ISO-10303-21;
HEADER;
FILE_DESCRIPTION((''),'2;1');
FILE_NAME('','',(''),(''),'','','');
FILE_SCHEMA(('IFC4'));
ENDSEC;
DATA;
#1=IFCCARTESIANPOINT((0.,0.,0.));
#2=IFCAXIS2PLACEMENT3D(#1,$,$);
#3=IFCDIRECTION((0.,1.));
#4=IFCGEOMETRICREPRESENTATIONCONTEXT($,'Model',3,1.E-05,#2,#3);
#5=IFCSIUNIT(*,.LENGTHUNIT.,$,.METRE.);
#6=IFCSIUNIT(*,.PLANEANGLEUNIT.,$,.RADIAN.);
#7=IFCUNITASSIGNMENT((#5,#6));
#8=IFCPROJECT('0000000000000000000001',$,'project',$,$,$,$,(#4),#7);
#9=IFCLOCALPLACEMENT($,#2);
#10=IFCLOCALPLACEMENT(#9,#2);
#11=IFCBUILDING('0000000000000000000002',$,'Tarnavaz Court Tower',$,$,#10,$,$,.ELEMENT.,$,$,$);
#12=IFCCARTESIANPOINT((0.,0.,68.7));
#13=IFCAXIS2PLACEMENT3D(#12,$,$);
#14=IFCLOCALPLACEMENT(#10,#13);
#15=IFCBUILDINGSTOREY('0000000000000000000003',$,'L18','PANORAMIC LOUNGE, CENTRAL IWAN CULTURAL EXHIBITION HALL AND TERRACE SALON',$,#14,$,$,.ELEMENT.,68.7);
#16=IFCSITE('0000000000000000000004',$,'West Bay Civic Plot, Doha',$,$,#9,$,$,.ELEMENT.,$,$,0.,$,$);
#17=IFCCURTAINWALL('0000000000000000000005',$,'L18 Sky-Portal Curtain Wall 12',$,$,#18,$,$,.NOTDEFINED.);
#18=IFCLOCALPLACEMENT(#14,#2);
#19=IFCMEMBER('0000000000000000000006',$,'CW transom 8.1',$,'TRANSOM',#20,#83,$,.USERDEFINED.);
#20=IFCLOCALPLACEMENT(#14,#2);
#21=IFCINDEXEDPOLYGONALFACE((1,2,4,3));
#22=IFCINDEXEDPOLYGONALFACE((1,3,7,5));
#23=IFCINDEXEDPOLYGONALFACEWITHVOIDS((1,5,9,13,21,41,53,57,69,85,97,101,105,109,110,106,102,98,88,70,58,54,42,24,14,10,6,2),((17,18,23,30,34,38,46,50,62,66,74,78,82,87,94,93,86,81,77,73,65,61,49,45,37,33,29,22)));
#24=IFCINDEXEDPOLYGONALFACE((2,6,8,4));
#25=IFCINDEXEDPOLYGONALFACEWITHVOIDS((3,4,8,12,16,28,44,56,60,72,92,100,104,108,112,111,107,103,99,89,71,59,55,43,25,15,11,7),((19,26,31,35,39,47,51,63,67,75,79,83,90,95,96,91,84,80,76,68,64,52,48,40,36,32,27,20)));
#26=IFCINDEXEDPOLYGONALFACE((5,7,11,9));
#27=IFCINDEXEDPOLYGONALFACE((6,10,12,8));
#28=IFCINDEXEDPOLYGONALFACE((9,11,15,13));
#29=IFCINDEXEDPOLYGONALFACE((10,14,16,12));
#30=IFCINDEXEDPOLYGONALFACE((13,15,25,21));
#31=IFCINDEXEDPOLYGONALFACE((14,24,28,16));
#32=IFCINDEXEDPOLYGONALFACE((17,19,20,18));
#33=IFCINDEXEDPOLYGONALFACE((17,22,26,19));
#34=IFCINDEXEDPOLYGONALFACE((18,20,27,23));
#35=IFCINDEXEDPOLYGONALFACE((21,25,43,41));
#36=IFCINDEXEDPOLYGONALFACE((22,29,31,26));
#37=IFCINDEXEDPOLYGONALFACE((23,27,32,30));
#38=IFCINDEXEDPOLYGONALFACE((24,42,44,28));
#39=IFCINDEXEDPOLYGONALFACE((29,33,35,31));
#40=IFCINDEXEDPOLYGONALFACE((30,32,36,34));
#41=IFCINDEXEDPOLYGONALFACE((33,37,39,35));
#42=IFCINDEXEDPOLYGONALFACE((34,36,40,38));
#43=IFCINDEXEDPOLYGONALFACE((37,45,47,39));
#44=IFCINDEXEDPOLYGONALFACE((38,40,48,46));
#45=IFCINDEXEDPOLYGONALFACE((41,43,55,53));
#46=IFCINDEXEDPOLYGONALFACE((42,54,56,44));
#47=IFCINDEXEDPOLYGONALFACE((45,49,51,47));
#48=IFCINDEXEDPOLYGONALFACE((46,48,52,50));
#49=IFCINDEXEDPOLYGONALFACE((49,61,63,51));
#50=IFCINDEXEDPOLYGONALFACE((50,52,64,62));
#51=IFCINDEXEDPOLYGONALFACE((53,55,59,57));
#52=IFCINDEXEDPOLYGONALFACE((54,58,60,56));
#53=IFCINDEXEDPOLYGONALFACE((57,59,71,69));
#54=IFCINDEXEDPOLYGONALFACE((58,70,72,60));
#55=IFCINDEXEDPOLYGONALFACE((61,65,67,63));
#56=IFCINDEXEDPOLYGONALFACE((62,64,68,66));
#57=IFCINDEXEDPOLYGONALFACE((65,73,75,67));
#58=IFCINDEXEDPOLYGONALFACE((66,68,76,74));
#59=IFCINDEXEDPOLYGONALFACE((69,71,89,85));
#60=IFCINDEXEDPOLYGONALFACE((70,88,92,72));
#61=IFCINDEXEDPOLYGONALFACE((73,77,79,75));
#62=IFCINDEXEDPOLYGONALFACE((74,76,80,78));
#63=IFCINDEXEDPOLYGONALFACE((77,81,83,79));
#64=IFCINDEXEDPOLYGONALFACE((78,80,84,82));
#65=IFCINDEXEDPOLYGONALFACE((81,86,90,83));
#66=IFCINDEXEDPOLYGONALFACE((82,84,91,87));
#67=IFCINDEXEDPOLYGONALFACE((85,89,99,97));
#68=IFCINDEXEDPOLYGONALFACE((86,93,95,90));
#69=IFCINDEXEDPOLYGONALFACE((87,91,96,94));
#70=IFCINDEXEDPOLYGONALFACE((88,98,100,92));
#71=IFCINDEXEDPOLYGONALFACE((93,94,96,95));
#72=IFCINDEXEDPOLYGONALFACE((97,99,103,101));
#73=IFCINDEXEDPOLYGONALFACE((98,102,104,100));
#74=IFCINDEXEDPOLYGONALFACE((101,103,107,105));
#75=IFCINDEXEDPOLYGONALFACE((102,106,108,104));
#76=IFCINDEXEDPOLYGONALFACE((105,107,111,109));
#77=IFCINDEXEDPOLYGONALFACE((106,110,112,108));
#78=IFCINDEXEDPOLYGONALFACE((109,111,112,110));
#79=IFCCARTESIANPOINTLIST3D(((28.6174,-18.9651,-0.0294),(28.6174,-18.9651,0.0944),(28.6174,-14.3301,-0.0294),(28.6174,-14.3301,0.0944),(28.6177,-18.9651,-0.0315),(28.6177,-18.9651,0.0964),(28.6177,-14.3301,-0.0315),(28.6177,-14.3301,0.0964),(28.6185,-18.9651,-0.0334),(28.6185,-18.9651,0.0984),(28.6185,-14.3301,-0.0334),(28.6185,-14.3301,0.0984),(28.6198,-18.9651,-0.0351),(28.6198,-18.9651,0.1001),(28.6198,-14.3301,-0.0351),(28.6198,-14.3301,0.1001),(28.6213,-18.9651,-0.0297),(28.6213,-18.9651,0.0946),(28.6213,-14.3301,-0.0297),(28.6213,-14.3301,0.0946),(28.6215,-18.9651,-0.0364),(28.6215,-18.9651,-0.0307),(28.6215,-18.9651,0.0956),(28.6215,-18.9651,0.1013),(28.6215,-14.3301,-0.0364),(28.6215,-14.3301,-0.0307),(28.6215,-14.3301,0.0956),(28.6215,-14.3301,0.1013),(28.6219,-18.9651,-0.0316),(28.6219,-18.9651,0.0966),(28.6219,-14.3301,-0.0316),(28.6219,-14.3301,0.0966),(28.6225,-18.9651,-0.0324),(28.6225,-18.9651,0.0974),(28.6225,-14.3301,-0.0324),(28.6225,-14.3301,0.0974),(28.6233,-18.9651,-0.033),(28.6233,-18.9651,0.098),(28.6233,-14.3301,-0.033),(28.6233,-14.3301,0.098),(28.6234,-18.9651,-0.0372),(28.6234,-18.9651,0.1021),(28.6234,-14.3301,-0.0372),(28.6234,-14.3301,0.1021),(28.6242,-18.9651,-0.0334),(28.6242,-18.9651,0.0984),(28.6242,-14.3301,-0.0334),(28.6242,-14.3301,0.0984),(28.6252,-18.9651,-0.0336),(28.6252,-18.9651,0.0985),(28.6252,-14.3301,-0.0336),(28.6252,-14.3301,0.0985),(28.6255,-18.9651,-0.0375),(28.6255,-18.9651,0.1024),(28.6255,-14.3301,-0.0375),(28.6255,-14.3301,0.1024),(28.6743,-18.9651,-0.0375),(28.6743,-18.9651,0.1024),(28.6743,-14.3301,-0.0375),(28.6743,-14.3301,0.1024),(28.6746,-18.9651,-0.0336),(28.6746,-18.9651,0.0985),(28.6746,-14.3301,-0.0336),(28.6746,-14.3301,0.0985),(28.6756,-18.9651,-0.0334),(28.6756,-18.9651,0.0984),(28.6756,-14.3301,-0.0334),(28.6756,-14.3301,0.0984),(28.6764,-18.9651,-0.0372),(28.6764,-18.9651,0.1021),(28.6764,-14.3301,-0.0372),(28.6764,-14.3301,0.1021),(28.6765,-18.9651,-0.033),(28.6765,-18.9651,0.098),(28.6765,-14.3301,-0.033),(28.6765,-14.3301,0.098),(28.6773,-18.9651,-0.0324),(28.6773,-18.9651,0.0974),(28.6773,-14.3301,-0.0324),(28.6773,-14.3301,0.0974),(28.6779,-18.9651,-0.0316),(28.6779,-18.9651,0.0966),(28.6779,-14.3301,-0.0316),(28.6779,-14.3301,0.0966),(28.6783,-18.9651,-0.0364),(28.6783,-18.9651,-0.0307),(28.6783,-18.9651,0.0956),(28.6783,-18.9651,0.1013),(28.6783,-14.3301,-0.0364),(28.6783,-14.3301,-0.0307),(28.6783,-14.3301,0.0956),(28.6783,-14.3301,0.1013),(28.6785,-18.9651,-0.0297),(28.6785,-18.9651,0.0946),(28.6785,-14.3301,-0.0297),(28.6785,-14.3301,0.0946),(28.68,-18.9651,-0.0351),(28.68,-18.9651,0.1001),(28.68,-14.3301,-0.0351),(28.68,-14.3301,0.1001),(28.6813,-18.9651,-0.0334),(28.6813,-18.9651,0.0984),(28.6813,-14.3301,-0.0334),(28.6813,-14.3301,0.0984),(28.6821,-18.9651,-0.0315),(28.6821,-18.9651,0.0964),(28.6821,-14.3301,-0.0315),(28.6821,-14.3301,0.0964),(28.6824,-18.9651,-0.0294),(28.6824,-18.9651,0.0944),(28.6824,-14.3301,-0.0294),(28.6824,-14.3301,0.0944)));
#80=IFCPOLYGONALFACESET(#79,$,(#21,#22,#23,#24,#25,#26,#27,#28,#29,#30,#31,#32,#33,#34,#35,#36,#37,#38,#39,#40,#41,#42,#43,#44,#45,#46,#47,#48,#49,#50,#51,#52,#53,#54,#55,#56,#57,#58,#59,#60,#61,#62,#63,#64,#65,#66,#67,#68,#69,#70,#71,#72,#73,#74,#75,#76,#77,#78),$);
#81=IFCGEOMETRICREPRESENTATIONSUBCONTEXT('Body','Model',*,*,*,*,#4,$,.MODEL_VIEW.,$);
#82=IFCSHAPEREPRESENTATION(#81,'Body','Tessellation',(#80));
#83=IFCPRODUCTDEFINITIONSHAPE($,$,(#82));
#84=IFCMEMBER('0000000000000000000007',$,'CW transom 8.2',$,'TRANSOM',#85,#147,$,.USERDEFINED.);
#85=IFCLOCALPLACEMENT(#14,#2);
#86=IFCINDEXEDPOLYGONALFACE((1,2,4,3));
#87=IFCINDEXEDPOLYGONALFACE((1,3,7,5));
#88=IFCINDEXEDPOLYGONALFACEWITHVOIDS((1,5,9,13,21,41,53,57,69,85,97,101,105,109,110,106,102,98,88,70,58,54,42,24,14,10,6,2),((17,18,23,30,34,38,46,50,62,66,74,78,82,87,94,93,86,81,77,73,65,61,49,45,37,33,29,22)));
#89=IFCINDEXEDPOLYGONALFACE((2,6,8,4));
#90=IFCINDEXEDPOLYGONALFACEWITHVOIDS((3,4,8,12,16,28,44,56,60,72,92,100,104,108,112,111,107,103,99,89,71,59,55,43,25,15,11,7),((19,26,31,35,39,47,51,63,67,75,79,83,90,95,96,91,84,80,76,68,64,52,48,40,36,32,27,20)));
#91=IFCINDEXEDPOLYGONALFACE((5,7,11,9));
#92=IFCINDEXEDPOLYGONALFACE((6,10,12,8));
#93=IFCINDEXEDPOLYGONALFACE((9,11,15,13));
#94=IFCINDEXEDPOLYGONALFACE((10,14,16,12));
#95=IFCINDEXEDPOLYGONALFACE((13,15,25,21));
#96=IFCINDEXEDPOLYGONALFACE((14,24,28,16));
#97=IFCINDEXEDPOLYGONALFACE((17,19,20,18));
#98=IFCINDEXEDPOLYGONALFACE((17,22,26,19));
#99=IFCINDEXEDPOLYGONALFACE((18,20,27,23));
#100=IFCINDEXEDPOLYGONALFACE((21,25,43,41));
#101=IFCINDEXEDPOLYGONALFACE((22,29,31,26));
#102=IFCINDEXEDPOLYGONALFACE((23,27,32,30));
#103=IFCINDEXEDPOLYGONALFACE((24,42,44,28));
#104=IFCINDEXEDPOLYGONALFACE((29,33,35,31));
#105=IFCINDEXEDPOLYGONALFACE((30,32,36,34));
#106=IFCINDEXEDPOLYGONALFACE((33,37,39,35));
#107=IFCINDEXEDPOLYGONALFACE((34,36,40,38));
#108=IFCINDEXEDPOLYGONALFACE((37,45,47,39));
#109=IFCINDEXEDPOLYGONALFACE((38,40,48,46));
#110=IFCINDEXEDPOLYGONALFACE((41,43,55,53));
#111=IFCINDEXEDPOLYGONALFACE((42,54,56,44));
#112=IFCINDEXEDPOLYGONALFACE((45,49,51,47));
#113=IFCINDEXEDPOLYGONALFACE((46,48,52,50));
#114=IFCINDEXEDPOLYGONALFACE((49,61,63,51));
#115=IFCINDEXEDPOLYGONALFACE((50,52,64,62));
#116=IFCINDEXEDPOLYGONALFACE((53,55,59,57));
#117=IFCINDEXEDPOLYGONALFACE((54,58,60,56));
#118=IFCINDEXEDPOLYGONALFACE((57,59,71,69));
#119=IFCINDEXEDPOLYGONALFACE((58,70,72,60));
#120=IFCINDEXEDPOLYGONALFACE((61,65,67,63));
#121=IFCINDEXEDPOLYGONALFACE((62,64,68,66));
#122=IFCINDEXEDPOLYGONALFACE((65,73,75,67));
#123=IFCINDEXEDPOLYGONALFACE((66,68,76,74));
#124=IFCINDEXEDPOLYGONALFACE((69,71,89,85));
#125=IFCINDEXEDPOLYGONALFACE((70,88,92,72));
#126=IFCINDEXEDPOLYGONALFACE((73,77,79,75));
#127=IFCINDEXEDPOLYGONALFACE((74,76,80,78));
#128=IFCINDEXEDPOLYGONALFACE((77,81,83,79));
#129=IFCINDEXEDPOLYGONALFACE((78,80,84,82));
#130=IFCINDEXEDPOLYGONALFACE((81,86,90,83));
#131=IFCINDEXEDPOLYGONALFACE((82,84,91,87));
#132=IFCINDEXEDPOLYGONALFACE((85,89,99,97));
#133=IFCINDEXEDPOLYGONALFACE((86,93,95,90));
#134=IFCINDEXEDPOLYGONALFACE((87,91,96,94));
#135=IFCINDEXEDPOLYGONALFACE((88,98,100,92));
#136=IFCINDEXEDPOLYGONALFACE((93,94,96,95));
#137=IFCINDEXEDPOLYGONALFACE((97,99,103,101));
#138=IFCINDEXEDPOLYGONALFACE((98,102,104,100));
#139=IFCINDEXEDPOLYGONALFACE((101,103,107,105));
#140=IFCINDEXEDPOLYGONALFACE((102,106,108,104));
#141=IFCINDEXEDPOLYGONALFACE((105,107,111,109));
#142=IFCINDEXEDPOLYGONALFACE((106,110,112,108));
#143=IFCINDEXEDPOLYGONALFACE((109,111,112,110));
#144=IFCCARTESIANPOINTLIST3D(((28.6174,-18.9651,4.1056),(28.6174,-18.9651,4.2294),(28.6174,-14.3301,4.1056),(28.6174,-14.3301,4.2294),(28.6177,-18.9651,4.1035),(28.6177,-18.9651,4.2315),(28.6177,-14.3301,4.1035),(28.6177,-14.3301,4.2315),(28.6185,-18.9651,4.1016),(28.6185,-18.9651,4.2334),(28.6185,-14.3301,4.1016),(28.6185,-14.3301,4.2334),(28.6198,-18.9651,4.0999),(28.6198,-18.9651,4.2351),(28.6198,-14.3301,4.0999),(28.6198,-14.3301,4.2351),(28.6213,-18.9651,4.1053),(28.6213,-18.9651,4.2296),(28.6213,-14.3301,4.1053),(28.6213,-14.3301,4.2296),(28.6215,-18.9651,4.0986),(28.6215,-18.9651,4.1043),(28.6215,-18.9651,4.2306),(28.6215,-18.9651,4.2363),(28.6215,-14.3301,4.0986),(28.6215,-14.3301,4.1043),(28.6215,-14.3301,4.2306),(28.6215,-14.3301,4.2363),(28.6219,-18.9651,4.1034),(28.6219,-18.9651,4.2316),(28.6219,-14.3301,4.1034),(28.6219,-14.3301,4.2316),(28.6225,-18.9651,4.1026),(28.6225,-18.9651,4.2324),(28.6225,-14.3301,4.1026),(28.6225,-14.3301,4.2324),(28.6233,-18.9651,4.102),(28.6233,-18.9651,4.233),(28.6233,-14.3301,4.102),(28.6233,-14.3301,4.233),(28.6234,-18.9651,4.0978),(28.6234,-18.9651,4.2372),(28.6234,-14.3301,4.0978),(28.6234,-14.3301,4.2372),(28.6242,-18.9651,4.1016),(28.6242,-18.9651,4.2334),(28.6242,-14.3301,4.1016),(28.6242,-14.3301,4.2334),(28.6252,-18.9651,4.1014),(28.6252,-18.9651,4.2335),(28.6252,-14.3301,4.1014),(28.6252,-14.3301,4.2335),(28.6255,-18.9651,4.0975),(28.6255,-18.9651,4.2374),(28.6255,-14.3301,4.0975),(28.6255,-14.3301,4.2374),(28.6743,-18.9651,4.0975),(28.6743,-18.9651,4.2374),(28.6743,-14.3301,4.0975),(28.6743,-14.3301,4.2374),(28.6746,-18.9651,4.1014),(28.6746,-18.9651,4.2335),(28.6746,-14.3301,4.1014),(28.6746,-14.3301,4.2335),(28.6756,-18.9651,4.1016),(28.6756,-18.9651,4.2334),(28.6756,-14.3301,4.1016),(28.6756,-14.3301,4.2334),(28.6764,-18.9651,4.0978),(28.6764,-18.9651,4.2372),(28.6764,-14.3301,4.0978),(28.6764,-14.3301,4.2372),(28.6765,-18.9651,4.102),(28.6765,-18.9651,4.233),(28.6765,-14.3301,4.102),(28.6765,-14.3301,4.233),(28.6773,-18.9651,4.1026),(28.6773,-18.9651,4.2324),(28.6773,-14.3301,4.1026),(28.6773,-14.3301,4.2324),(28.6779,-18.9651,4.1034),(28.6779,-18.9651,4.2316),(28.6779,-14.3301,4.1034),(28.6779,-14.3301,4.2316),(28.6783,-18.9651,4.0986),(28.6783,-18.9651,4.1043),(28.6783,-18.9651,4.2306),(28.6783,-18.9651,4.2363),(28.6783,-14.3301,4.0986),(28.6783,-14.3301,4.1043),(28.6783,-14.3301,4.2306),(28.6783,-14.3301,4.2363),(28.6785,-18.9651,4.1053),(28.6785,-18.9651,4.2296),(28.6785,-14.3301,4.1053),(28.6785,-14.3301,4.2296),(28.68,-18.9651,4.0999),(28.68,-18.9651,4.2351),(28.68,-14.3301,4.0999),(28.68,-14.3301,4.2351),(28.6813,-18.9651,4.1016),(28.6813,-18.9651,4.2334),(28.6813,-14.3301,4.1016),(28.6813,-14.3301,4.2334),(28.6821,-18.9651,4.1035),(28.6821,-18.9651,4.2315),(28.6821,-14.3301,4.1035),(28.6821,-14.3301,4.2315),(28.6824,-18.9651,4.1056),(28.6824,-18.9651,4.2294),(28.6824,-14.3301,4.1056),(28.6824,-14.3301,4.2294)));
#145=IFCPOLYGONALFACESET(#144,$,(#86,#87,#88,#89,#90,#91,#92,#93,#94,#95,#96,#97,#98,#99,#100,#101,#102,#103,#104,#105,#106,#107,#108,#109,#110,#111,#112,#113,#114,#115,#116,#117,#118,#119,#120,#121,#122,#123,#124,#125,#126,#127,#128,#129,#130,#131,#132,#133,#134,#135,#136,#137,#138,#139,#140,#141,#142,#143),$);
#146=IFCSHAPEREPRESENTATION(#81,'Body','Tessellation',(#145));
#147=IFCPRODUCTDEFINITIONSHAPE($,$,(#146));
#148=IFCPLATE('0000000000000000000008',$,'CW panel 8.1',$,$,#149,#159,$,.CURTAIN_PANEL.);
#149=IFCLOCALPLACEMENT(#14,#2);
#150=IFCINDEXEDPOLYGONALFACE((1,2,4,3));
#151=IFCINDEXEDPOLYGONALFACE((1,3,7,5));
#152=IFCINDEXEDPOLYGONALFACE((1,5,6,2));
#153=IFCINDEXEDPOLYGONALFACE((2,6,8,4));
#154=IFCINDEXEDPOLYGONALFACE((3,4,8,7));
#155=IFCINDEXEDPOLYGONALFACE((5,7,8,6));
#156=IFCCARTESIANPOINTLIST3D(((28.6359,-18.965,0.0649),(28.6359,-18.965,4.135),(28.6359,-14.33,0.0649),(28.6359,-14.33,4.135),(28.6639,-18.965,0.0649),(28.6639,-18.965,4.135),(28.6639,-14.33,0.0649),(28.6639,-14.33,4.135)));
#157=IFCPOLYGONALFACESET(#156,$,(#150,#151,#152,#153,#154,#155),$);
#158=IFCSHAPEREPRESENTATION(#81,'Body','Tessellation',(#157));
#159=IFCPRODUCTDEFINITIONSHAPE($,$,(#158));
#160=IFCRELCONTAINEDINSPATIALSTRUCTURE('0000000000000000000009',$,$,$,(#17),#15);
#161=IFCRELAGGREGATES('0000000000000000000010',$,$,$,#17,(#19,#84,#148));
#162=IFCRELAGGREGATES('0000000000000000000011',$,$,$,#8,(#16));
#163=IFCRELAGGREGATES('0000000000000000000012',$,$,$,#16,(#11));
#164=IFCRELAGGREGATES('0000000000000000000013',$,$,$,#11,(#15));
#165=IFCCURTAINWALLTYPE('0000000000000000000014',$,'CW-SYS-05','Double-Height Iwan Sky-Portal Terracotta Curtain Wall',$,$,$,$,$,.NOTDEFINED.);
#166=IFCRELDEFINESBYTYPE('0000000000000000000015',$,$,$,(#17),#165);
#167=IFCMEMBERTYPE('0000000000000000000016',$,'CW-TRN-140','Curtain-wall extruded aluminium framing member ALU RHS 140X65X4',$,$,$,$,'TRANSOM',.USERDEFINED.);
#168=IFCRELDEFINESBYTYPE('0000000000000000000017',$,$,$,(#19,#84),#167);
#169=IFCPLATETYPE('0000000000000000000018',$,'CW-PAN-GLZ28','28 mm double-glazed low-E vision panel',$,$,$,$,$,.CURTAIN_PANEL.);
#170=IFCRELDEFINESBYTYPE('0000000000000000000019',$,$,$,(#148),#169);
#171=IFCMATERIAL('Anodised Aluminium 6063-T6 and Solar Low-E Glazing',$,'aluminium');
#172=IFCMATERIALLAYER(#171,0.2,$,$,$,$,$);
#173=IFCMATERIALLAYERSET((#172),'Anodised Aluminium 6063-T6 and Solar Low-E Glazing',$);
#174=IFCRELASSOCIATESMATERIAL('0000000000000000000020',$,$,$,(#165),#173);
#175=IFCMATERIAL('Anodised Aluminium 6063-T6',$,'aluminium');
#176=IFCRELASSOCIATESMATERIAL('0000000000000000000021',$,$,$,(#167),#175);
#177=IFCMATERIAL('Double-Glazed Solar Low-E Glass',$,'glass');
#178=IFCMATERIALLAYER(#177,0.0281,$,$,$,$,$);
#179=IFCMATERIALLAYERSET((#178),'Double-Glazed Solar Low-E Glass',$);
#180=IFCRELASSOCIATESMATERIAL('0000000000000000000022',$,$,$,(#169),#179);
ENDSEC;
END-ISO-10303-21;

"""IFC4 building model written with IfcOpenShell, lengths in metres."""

from ifc_helpers import new_model, si_unit, direction, frame, origin, origin_2d, place, context, subcontext, project, spatial, rectangle, hollow_rectangle, extrude, material, layer, layer_set, material_profile, profile_set, type_object, element, aggregate, save


model = new_model("IFC4")

# Units and contexts
model_context = context("Model", 3, precision=1e-05, world=origin(), true_north=direction((0.0, 1.0)))
body_context = subcontext(model_context, "Body", "Model", "MODEL_VIEW")
ifc_project = project(units=[si_unit("LENGTHUNIT", "METRE"), si_unit("PLANEANGLEUNIT", "RADIAN")], contexts=[model_context])

# Site, building, storey
site_placement = place(None, origin())
site = spatial("IfcSite", under=ifc_project, at=site_placement, Name="West Bay Civic Plot, Doha", CompositionType="ELEMENT", RefElevation=0.0)
building_placement = place(site_placement, origin())
building = spatial("IfcBuilding", under=site, at=building_placement, Name="Tarnavaz Court Tower", CompositionType="ELEMENT")
storey_placement = place(building_placement, frame((0.0, 0.0, 68.7)))
storey = spatial("IfcBuildingStorey", under=building, at=storey_placement, Name="L18", Description="PANORAMIC LOUNGE, CENTRAL IWAN CULTURAL EXHIBITION HALL AND TERRACE SALON", CompositionType="ELEMENT", Elevation=68.7)

# Curtain wall, members, plate
ifc_material_1 = material(Name="Anodised Aluminium 6063-T6 and Solar Low-E Glazing", Category="aluminium")
ifc_layer_1 = layer(ifc_material_1, 0.2)
ifc_layer_set_1 = layer_set([ifc_layer_1], Name="Anodised Aluminium 6063-T6 and Solar Low-E Glazing")
curtain_wall_type = type_object("IfcCurtainWallType", Name="CW-SYS-05", Description="Double-Height Iwan Sky-Portal Terracotta Curtain Wall", PredefinedType="NOTDEFINED", material=ifc_layer_set_1)
curtain_wall_placement = place(storey_placement, origin())
curtain_wall = element("IfcCurtainWall", 1, at=curtain_wall_placement, inside=storey, type_object=curtain_wall_type, Name="L18 Sky-Portal Curtain Wall 12", PredefinedType="NOTDEFINED")
ifc_material_2 = material(Name="Anodised Aluminium 6063-T6", Category="aluminium")
ifc_material_profile_1 = material_profile(ifc_material_2, hollow_rectangle(XDim=0.0649, YDim=0.1399, WallThickness=0.0039, InnerFilletRadius=0.0039, OuterFilletRadius=0.0081, at=origin_2d()), Name="ALU RHS 140X65X4")
ifc_profile_set_1 = profile_set([ifc_material_profile_1], Name="Anodised Aluminium 6063-T6")
member_type_1 = type_object("IfcMemberType", Name="CW-TRN-140", Description="Curtain-wall extruded aluminium framing member ALU RHS 140X65X4", ElementType="TRANSOM", PredefinedType="USERDEFINED", material=ifc_profile_set_1)
member_1_placement = place(storey_placement, frame((28.6499, -14.3301, 0.0325), z_axis=(0.0, -1.0, 0.0), x_axis=(1.0, 0.0, 0.0)))
member_1 = element("IfcMember", 2, at=member_1_placement, type_object=member_type_1, Name="CW transom 8.1", ObjectType="TRANSOM", PredefinedType="USERDEFINED", context=body_context, shape_type="SweptSolid", body=[
    extrude(hollow_rectangle(XDim=0.0649, YDim=0.1399, WallThickness=0.0039, InnerFilletRadius=0.0039, OuterFilletRadius=0.0081, at=origin_2d()), origin(), (0.0, 0.0, 1.0), 4.635),
])
member_2_placement = place(storey_placement, frame((28.6499, -14.3301, 4.1675), z_axis=(0.0, -1.0, 0.0), x_axis=(1.0, 0.0, 0.0)))
member_2 = element("IfcMember", 3, at=member_2_placement, type_object=member_type_1, Name="CW transom 8.2", ObjectType="TRANSOM", PredefinedType="USERDEFINED", context=body_context, shape_type="SweptSolid", body=[
    extrude(hollow_rectangle(XDim=0.0649, YDim=0.1399, WallThickness=0.0039, InnerFilletRadius=0.0039, OuterFilletRadius=0.0081, at=origin_2d()), origin(), (0.0, 0.0, 1.0), 4.635),
])
ifc_material_3 = material(Name="Double-Glazed Solar Low-E Glass", Category="glass")
ifc_layer_2 = layer(ifc_material_3, 0.0281)
ifc_layer_set_2 = layer_set([ifc_layer_2], Name="Double-Glazed Solar Low-E Glass")
plate_type = type_object("IfcPlateType", Name="CW-PAN-GLZ28", Description="28 mm double-glazed low-E vision panel", PredefinedType="CURTAIN_PANEL", material=ifc_layer_set_2)
plate_placement = place(storey_placement, frame((28.6499, -16.6475, 0.0649), z_axis=(0.0, 0.0, 1.0), x_axis=(0.0, -1.0, 0.0)))
plate = element("IfcPlate", 4, at=plate_placement, type_object=plate_type, Name="CW panel 8.1", PredefinedType="CURTAIN_PANEL", context=body_context, shape_type="SweptSolid", body=[
    extrude(rectangle(XDim=4.635, YDim=0.0281, at=origin_2d()), origin(), (0.0, 0.0, 1.0), 4.0701),
])
aggregate(curtain_wall, [member_1, member_2, plate])

save(model, "model.ifc")
